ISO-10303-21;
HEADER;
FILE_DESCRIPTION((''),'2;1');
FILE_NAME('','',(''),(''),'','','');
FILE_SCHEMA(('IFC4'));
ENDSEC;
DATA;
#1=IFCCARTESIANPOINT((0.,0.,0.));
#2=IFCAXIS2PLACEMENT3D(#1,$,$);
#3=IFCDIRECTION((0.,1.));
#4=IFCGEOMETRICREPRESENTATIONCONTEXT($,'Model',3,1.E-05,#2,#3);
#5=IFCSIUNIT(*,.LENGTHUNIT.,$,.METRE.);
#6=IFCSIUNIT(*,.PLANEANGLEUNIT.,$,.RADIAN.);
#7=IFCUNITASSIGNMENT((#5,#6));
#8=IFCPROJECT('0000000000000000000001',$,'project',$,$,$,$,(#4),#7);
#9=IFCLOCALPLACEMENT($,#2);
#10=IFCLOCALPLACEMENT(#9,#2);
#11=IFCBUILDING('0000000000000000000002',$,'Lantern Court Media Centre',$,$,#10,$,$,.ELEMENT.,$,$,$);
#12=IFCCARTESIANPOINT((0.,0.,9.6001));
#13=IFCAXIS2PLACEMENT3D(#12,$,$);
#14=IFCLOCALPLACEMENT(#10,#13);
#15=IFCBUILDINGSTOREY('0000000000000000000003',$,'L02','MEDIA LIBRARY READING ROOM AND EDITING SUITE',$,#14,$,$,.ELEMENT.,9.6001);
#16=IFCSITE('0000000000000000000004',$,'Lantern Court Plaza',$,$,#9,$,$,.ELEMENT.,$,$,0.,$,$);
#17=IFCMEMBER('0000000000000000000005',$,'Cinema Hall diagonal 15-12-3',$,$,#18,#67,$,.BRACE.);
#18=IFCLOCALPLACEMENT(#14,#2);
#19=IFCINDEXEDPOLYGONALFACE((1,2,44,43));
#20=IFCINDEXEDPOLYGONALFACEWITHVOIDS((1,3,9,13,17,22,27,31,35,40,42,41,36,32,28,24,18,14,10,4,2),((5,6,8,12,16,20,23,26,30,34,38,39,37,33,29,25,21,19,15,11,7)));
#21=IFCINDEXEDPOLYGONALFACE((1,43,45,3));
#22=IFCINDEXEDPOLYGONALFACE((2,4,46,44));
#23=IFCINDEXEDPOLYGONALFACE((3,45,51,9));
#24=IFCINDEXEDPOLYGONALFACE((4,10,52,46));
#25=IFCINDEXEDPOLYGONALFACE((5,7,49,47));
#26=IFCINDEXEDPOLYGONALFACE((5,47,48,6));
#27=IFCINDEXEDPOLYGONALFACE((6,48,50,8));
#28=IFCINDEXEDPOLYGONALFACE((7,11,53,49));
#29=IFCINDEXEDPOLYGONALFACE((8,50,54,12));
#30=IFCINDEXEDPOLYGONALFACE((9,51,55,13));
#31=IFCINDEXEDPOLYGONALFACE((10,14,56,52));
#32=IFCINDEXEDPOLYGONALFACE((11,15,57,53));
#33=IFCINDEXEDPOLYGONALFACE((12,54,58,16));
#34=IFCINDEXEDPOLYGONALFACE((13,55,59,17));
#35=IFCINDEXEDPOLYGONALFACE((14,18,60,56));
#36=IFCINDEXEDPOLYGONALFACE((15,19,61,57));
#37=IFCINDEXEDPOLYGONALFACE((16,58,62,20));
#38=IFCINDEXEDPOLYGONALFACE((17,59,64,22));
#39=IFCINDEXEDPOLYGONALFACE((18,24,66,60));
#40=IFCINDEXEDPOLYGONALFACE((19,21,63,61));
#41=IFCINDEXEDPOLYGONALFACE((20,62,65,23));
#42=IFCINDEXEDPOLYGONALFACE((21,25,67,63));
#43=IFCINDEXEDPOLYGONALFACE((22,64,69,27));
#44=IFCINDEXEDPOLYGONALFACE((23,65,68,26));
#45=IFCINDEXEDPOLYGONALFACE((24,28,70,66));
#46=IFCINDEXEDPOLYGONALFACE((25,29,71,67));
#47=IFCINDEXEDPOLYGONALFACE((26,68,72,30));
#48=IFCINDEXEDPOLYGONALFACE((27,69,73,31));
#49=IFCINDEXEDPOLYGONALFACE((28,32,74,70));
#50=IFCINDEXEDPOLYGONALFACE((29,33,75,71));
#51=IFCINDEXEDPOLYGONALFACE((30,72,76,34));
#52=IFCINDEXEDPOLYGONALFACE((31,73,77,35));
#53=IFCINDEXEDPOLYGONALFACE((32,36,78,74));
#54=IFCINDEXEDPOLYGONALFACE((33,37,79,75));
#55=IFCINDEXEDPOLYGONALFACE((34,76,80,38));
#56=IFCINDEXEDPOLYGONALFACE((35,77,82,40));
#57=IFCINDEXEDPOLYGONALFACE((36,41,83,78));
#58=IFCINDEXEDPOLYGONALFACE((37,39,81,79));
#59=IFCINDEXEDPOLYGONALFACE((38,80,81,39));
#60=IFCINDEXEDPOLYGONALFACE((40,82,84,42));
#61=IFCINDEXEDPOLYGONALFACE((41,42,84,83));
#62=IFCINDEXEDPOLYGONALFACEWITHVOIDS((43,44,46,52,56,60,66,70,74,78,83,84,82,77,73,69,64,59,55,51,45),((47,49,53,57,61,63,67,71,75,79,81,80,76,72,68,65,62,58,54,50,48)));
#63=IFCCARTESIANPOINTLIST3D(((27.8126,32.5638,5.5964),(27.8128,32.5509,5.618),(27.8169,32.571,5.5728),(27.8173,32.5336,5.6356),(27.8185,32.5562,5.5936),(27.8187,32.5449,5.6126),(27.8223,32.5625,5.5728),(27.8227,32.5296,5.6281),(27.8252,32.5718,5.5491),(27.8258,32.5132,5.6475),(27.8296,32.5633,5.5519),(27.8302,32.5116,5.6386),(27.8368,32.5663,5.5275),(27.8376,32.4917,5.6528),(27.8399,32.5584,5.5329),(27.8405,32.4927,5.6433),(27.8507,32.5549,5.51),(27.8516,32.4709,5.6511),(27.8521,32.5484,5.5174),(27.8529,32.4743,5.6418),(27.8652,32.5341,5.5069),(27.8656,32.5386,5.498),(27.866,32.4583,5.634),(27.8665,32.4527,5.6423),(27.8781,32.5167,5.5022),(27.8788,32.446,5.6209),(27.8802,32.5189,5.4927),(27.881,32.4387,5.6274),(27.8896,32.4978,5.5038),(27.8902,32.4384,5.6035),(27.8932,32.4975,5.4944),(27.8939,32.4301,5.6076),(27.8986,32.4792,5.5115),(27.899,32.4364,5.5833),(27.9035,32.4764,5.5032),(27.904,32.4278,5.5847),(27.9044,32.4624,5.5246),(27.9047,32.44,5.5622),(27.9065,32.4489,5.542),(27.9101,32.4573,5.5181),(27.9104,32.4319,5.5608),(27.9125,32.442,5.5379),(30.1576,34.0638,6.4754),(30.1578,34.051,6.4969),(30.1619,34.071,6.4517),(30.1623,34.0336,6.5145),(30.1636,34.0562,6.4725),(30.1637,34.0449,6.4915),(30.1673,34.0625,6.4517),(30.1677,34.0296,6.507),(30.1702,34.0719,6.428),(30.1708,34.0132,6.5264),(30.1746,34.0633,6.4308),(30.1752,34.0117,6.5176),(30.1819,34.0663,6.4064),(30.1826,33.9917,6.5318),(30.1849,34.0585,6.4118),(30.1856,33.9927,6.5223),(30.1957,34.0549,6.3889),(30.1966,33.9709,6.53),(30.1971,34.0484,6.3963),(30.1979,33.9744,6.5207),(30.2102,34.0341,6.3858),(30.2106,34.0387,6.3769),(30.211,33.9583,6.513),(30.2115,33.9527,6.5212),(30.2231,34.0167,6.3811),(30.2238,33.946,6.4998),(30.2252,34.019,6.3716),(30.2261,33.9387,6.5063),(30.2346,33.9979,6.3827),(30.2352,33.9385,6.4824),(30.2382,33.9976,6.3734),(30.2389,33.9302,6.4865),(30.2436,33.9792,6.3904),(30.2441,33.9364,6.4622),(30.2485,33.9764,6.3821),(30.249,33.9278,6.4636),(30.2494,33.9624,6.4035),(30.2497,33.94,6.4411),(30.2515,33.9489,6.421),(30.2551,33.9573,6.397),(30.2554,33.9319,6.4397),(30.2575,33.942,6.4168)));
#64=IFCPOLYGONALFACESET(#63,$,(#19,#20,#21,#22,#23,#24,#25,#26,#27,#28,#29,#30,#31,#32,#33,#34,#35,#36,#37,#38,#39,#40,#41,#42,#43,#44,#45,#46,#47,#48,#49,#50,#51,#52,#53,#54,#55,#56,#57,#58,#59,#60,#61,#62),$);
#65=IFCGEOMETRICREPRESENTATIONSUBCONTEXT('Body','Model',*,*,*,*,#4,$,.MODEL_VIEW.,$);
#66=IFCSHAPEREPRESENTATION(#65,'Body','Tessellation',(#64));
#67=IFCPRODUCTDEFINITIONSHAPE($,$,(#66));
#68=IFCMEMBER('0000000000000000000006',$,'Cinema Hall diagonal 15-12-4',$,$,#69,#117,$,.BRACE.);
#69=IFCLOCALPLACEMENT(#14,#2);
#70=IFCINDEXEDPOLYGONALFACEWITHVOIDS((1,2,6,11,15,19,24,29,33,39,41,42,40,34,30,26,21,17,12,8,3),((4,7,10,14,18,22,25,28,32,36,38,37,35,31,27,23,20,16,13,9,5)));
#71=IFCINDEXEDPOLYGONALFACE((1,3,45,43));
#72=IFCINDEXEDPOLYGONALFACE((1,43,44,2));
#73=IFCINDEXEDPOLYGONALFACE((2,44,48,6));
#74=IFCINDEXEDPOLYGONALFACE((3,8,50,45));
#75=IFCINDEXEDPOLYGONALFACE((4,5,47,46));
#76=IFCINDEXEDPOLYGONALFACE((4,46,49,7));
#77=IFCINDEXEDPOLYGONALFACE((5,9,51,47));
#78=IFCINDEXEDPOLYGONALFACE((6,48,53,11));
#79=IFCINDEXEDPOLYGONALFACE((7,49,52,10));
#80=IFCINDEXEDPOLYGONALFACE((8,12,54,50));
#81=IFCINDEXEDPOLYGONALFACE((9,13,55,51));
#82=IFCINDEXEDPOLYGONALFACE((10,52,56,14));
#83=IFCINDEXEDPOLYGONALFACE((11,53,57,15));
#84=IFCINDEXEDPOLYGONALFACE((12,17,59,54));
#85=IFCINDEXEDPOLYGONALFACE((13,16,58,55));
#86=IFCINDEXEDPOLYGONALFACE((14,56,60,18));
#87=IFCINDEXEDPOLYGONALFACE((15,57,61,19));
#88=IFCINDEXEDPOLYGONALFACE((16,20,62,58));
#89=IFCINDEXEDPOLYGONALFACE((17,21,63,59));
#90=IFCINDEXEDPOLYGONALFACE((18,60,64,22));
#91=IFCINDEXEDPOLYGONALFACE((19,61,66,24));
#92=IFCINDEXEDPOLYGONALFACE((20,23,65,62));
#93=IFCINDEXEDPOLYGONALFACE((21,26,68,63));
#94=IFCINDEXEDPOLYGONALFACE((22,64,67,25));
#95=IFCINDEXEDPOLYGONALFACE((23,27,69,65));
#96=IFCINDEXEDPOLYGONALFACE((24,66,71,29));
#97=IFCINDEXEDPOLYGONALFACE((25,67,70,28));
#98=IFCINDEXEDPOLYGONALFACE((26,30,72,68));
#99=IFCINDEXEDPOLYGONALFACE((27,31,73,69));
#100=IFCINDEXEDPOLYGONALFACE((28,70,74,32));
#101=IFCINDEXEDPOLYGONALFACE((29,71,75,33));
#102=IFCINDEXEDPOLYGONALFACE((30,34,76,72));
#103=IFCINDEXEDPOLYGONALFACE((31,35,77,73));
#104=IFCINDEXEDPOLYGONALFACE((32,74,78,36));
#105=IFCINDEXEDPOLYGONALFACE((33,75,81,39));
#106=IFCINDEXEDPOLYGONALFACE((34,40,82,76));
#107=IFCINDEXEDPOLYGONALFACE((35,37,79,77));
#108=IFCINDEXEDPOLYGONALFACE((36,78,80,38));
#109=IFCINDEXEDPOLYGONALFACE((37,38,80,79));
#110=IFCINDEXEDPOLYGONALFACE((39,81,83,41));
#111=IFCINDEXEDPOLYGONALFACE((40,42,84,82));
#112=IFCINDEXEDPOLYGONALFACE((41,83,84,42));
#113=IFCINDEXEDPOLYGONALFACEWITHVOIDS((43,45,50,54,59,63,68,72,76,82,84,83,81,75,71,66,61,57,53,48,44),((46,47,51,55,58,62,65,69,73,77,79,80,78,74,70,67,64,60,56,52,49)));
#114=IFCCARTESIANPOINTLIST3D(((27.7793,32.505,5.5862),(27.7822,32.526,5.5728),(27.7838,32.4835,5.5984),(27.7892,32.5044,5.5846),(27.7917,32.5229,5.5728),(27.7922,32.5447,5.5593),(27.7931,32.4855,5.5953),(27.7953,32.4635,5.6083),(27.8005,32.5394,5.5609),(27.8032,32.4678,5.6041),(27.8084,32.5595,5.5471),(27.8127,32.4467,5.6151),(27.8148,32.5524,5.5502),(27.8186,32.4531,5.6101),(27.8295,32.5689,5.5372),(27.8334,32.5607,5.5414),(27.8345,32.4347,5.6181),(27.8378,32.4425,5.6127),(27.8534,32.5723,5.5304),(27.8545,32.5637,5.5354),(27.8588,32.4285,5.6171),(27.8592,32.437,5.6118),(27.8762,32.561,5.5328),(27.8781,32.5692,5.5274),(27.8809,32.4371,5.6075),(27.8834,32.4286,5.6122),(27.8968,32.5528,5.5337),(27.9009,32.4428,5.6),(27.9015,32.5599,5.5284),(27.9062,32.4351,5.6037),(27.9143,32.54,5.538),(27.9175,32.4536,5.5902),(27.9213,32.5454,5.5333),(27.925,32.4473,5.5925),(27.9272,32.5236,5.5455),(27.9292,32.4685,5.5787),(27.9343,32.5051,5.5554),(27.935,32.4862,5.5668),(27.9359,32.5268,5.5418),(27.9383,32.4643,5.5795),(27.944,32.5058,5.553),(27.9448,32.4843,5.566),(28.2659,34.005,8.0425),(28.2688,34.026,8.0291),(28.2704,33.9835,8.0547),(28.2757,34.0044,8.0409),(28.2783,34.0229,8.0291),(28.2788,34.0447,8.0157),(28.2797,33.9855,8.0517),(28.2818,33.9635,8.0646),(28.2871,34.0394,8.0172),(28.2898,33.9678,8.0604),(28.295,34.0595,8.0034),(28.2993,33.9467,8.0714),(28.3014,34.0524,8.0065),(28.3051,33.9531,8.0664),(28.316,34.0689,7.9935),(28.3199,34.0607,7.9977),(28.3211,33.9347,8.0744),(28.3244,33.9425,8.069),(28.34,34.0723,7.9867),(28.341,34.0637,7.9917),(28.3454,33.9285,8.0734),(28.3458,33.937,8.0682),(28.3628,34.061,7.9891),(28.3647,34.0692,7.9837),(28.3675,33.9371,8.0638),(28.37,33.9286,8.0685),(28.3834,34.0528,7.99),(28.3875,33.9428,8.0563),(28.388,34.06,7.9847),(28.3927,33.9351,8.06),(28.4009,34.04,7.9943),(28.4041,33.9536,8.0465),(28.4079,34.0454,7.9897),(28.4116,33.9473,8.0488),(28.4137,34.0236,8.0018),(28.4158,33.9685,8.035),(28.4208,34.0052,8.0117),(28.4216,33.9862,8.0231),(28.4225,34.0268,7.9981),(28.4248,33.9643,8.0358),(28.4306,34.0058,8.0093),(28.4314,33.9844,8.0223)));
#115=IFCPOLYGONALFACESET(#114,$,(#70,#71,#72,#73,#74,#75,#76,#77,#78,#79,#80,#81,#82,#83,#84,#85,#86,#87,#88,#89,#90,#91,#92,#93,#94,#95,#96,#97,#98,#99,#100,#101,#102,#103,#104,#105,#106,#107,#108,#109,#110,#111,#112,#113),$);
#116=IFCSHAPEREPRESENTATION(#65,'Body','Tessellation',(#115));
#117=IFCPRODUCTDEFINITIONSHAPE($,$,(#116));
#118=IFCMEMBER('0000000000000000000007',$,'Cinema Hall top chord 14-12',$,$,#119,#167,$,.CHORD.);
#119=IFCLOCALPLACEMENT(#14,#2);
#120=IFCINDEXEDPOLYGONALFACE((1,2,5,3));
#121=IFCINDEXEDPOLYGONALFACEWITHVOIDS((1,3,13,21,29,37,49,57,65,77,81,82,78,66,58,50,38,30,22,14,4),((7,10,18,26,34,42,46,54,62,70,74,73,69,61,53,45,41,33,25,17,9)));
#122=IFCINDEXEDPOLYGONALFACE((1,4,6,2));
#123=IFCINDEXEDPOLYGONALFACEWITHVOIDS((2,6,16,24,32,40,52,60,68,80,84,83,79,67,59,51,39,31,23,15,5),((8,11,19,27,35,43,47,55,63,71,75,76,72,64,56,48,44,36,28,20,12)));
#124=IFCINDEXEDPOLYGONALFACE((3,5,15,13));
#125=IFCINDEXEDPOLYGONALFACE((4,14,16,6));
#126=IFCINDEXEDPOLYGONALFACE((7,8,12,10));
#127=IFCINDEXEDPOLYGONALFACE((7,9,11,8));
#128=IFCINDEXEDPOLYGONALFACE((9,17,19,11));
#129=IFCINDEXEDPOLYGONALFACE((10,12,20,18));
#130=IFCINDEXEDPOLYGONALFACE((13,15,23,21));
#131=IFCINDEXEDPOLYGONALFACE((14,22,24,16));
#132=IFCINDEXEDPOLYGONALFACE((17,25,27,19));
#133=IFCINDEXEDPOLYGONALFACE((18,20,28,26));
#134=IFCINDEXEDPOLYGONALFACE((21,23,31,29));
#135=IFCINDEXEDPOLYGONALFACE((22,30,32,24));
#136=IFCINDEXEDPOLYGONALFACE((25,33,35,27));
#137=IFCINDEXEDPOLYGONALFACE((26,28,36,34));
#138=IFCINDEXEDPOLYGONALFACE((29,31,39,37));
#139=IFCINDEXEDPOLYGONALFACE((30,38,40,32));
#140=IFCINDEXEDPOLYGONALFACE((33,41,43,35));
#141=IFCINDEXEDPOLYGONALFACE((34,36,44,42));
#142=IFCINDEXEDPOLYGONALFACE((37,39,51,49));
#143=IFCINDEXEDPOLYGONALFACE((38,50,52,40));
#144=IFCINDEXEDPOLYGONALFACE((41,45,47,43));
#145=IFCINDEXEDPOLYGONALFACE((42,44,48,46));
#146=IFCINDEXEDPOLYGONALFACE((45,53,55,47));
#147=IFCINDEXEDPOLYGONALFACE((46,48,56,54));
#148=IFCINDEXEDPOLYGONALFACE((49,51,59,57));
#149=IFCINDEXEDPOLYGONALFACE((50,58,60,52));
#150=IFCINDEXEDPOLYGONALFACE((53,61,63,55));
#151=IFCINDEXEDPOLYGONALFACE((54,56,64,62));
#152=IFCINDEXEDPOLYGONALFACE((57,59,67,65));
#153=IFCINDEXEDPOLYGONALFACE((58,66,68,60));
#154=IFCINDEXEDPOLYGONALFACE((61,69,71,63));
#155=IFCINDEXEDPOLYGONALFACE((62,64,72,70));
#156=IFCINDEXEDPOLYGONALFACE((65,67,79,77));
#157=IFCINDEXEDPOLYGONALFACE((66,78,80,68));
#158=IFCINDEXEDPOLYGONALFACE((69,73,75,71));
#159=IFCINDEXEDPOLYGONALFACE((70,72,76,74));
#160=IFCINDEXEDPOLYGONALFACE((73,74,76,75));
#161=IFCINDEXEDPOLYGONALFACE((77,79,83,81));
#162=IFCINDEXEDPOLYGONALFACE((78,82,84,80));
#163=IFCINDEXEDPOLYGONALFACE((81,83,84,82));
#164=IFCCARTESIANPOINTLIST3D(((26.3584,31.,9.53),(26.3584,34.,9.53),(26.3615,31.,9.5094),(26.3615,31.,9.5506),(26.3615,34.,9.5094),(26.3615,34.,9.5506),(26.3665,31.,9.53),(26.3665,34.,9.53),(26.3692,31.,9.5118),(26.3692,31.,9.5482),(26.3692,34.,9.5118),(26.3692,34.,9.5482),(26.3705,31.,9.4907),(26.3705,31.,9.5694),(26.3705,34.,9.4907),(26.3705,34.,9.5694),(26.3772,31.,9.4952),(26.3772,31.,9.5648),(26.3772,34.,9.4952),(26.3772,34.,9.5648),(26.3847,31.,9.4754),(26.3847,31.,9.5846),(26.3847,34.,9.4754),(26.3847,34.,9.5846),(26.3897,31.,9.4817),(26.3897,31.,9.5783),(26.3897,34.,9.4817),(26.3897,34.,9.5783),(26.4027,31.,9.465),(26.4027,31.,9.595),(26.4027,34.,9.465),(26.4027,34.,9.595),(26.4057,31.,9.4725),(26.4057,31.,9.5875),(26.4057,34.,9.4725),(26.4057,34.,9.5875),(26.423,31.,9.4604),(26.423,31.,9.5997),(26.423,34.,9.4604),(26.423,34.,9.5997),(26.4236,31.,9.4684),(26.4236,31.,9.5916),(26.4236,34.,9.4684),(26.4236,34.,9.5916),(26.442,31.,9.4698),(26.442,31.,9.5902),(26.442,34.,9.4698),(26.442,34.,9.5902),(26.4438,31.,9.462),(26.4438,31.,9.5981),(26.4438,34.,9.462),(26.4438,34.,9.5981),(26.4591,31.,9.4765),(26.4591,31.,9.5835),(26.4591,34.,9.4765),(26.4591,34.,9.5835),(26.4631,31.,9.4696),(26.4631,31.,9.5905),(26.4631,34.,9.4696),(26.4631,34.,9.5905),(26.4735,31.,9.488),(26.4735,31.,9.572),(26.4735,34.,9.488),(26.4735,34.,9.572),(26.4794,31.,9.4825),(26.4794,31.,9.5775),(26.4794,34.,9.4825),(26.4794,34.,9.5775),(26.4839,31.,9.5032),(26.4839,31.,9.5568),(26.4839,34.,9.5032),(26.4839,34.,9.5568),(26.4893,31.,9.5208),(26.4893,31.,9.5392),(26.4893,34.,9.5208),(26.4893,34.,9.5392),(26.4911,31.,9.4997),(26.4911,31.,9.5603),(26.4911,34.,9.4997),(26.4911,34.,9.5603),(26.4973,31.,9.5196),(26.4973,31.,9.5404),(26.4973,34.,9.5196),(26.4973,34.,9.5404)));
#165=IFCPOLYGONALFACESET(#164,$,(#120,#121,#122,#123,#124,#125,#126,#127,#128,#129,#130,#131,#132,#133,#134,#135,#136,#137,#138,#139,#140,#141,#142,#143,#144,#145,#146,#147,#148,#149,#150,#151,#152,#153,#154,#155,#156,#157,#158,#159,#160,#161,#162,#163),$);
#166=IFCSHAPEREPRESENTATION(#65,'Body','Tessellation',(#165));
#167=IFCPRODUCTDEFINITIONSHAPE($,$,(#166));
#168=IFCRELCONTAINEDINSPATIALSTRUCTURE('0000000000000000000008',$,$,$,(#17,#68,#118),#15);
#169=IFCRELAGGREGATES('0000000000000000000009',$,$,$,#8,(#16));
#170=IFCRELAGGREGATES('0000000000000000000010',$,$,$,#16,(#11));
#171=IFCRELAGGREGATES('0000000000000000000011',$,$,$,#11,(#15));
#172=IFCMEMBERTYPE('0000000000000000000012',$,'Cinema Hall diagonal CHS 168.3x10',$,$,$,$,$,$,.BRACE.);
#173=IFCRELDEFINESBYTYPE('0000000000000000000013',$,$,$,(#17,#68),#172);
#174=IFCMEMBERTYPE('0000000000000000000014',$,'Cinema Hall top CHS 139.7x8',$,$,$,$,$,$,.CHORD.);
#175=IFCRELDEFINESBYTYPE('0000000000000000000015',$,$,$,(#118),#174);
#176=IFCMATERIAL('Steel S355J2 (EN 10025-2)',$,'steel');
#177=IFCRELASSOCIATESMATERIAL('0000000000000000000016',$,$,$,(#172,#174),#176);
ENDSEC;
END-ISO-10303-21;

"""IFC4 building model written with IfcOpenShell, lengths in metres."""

from ifc_helpers import new_model, si_unit, direction, frame, origin, origin_2d, place, context, subcontext, project, spatial, hollow_circle, extrude, material, material_profile, profile_set, type_object, element, save


model = new_model("IFC4")

# Units and contexts
model_context = context("Model", 3, precision=1e-05, world=origin(), true_north=direction((0.0, 1.0)))
body_context = subcontext(model_context, "Body", "Model", "MODEL_VIEW")
ifc_project = project(units=[si_unit("LENGTHUNIT", "METRE"), si_unit("PLANEANGLEUNIT", "RADIAN")], contexts=[model_context])

# Site, building, storey
site_placement = place(None, origin())
site = spatial("IfcSite", under=ifc_project, at=site_placement, Name="Lantern Court Plaza", CompositionType="ELEMENT", RefElevation=0.0)
building_placement = place(site_placement, origin())
building = spatial("IfcBuilding", under=site, at=building_placement, Name="Lantern Court Media Centre", CompositionType="ELEMENT")
storey_placement = place(building_placement, frame((0.0, 0.0, 9.6001)))
storey = spatial("IfcBuildingStorey", under=building, at=storey_placement, Name="L02", Description="MEDIA LIBRARY READING ROOM AND EDITING SUITE", CompositionType="ELEMENT", Elevation=9.6001)

# Members
ifc_material = material(Name="Steel S355J2 (EN 10025-2)", Category="steel")
ifc_material_profile_1 = material_profile(ifc_material, hollow_circle(Radius=0.0842, WallThickness=0.01, at=origin_2d()), Name="Cinema Hall diagonal CHS 168.3x10")
ifc_profile_set_1 = profile_set([ifc_material_profile_1], Name="Steel S355J2 (EN 10025-2)")
member_type_1 = type_object("IfcMemberType", Name="Cinema Hall diagonal CHS 168.3x10", PredefinedType="BRACE", material=ifc_profile_set_1)
for number, where, z_axis, x_axis, name in (
    (1, (27.8623, 32.5, 5.5728), (0.803309, 0.51385, 0.301084), (-0.538855, 0.842399, 0.0), "Cinema Hall diagonal 15-12-3"),
):
    element("IfcMember", number, at=place(storey_placement, frame(where, z_axis=z_axis, x_axis=x_axis)), inside=storey, type_object=member_type_1, Name=name, PredefinedType="BRACE", context=body_context, shape_type="SweptSolid", body=[
        extrude(hollow_circle(Radius=0.0842, WallThickness=0.01, at=origin_2d()), origin(), (0.0, 0.0, 1.0), 2.9192),
    ])
member_1_placement = place(storey_placement, frame((27.8623, 32.5, 5.5728), z_axis=(0.166695, 0.513887, 0.841506), x_axis=(-0.951207, 0.308554, 0.0)))
element("IfcMember", 2, at=member_1_placement, inside=storey, type_object=member_type_1, Name="Cinema Hall diagonal 15-12-4", PredefinedType="BRACE", context=body_context, shape_type="SweptSolid", body=[
    extrude(hollow_circle(Radius=0.0842, WallThickness=0.01, at=origin_2d()), origin(), (0.0, 0.0, 1.0), 2.9189),
])
ifc_material_profile_2 = material_profile(ifc_material, hollow_circle(Radius=0.0698, WallThickness=0.0081, at=origin_2d()), Name="Cinema Hall top CHS 139.7x8")
ifc_profile_set_2 = profile_set([ifc_material_profile_2], Name="Steel S355J2 (EN 10025-2)")
member_type_2 = type_object("IfcMemberType", Name="Cinema Hall top CHS 139.7x8", PredefinedType="CHORD", material=ifc_profile_set_2)
member_2_placement = place(storey_placement, frame((26.4282, 31.0, 9.53), z_axis=(0.0, 1.0, 0.0), x_axis=(-1.0, 0.0, 0.0)))
element("IfcMember", 3, at=member_2_placement, inside=storey, type_object=member_type_2, Name="Cinema Hall top chord 14-12", PredefinedType="CHORD", context=body_context, shape_type="SweptSolid", body=[
    extrude(hollow_circle(Radius=0.0698, WallThickness=0.0081, at=origin_2d()), origin(), (0.0, 0.0, 1.0), 3.0),
])

save(model, "model.ifc")
